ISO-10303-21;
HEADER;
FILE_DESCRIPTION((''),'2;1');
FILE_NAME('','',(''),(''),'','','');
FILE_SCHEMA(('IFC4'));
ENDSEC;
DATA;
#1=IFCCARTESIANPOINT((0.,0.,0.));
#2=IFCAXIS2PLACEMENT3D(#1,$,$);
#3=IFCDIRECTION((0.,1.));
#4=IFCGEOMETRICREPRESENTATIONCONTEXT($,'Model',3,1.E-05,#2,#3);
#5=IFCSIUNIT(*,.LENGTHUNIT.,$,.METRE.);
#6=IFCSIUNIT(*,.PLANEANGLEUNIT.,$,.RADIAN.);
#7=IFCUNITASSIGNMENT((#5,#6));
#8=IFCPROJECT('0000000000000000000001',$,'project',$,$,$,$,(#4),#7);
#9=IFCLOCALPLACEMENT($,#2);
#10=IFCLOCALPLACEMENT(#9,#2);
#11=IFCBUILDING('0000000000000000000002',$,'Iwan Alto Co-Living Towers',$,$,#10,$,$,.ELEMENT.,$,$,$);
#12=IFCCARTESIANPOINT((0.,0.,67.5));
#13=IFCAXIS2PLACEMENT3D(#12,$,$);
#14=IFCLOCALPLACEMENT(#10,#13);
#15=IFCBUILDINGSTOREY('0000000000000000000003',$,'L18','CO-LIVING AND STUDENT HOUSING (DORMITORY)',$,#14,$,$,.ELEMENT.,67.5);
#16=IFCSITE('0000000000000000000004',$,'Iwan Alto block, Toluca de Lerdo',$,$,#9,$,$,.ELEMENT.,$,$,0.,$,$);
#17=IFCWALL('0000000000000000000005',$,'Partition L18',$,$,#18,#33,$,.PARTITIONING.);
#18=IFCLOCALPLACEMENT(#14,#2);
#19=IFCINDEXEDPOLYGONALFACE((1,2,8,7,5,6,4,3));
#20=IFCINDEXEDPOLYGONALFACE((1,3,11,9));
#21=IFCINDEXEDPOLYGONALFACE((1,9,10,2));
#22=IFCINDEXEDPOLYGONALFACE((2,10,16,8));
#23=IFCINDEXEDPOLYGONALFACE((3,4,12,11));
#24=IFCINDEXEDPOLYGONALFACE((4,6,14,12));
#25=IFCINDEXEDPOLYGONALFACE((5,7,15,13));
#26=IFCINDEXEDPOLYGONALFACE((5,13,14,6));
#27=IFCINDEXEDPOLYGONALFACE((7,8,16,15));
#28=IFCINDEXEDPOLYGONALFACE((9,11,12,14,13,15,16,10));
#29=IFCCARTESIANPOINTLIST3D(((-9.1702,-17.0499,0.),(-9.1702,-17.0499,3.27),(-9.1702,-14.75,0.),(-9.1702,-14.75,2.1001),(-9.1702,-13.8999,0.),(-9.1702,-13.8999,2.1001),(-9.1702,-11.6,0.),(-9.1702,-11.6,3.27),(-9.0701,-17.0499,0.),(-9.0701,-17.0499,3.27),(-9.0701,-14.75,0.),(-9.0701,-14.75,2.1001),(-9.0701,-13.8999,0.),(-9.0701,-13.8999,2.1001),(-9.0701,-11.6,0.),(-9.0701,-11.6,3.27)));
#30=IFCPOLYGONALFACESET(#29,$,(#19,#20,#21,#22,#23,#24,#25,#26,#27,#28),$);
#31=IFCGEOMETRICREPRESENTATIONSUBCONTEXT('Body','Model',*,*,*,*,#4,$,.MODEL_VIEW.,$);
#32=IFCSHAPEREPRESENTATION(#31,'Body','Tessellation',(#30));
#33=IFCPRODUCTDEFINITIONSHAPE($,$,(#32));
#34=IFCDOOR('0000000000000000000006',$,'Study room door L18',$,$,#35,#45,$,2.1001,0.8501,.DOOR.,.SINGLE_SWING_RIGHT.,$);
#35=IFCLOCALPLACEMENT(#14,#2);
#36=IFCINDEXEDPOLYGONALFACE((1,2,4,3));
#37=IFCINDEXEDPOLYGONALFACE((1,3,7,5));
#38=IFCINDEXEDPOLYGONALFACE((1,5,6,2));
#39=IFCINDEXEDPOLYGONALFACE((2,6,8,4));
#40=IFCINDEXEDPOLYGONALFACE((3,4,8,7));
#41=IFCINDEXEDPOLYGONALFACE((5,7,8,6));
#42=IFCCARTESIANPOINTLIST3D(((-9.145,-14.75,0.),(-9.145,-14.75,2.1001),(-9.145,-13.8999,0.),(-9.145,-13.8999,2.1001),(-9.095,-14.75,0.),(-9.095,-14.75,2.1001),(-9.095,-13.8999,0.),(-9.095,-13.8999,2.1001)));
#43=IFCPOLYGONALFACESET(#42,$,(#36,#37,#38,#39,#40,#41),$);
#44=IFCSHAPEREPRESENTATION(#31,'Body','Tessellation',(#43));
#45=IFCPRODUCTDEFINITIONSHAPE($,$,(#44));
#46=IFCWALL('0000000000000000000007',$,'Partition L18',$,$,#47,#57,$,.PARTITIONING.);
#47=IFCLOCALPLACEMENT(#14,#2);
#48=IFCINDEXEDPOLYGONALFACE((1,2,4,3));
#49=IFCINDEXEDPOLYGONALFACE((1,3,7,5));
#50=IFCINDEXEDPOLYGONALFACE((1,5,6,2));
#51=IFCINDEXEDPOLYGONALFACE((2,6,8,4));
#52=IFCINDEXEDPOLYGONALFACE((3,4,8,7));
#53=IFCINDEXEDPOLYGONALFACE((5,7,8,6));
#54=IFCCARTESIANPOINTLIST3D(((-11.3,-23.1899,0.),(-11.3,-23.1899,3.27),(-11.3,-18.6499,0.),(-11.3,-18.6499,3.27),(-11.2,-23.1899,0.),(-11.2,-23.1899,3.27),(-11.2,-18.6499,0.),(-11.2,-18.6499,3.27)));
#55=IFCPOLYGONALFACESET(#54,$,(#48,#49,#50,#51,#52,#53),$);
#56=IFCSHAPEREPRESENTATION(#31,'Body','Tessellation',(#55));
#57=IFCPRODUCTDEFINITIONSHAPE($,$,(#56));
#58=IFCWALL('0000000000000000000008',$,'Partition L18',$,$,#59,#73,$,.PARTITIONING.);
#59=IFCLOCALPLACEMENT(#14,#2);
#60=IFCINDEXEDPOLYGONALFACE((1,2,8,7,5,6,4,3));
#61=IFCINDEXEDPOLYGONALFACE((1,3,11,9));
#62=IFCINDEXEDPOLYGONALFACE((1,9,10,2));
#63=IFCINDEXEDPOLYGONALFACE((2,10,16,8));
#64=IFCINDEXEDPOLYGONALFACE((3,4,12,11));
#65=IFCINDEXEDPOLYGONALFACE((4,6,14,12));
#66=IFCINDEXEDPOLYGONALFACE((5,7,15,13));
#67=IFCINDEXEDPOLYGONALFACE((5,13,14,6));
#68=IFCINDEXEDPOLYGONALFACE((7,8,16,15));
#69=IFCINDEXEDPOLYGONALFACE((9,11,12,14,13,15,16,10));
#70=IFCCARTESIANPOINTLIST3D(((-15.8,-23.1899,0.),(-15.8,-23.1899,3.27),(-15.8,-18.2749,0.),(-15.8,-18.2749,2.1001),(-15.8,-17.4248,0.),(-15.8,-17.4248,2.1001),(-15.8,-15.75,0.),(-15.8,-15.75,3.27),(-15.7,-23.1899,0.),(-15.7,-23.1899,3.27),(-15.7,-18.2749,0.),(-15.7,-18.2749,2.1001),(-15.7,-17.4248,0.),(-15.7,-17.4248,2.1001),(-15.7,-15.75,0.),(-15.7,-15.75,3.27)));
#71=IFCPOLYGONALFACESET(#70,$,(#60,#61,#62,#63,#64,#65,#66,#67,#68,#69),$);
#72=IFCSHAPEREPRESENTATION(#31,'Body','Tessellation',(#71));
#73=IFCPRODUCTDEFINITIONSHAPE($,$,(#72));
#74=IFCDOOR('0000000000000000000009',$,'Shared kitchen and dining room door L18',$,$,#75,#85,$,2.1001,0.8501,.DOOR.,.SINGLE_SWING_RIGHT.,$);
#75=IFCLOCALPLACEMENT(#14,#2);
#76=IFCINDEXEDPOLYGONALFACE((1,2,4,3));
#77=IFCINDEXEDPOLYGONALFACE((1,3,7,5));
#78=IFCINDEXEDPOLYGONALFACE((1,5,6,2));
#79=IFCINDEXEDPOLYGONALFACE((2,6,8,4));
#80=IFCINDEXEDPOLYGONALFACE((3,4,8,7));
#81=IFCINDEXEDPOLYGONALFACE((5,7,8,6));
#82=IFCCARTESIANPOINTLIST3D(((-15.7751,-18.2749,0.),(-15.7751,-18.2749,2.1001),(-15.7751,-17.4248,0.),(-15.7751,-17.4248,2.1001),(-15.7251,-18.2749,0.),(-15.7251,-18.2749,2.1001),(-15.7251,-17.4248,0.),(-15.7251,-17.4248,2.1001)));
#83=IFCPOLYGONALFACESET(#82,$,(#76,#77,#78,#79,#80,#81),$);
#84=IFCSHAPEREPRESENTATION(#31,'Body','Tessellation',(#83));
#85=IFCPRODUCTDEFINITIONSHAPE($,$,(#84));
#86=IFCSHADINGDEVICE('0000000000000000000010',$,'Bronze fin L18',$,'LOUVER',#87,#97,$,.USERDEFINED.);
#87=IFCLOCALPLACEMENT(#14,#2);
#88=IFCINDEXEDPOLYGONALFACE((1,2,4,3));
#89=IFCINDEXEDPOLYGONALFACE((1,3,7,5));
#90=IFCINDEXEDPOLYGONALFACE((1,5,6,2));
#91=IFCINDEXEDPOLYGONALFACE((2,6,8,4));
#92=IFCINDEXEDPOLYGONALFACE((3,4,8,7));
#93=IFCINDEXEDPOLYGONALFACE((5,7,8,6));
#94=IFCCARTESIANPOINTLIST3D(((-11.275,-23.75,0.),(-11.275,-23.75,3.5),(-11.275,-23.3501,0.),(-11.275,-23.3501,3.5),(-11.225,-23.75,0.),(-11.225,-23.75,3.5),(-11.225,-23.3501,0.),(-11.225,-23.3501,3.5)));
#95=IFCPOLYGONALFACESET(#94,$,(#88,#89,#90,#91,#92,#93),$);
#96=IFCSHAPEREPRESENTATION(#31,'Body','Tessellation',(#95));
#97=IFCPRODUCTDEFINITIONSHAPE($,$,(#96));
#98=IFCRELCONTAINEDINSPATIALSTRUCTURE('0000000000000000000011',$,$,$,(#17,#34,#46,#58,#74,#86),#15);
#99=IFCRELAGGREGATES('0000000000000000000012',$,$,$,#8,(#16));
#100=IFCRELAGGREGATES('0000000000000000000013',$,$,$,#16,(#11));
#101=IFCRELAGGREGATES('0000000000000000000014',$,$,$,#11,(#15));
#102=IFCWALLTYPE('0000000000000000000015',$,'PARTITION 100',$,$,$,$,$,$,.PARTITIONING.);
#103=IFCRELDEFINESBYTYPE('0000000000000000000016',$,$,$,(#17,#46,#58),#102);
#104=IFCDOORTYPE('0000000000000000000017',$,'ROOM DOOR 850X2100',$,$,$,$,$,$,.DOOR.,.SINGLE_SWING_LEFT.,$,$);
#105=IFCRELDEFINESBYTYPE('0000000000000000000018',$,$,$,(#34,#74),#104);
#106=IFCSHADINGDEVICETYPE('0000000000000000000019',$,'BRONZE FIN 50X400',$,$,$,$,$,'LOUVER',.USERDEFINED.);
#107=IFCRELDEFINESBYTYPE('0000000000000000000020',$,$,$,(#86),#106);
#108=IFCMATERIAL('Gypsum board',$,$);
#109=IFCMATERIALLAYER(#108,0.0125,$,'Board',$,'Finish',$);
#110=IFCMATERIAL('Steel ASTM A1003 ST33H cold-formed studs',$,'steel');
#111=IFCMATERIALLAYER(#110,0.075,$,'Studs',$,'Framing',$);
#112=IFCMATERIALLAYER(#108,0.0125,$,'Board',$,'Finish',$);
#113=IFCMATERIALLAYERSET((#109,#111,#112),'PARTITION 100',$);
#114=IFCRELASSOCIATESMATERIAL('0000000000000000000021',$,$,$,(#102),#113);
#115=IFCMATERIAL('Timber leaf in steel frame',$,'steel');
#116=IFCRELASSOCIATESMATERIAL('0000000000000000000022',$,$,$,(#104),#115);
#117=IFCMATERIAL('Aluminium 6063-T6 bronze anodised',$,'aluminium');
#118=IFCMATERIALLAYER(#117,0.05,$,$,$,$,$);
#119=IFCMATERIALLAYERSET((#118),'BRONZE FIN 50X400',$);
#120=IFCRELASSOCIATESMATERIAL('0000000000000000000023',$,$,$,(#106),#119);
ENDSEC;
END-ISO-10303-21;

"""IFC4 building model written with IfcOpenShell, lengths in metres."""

from ifc_helpers import new_model, si_unit, direction, frame, frame_2d, origin, origin_2d, place, context, subcontext, project, spatial, rectangle, extrude, material, layer, layer_set, type_object, element, fill, save


model = new_model("IFC4")

# Units and contexts
model_context = context("Model", 3, precision=1e-05, world=origin(), true_north=direction((0.0, 1.0)))
body_context = subcontext(model_context, "Body", "Model", "MODEL_VIEW")
ifc_project = project(units=[si_unit("LENGTHUNIT", "METRE"), si_unit("PLANEANGLEUNIT", "RADIAN")], contexts=[model_context])

# Site, building, storey
site_placement = place(None, origin())
site = spatial("IfcSite", under=ifc_project, at=site_placement, Name="Iwan Alto block, Toluca de Lerdo", CompositionType="ELEMENT", RefElevation=0.0)
building_placement = place(site_placement, origin())
building = spatial("IfcBuilding", under=site, at=building_placement, Name="Iwan Alto Co-Living Towers", CompositionType="ELEMENT")
storey_placement = place(building_placement, frame((0.0, 0.0, 67.5)))
storey = spatial("IfcBuildingStorey", under=building, at=storey_placement, Name="L18", Description="CO-LIVING AND STUDENT HOUSING (DORMITORY)", CompositionType="ELEMENT", Elevation=67.5)

# Shared definitions
ifc_material_1 = material(Name="Gypsum board")
ifc_layer_1 = layer(ifc_material_1, 0.0125, Name="Board", Category="Finish")
ifc_material_2 = material(Name="Steel ASTM A1003 ST33H cold-formed studs", Category="steel")
ifc_layer_2 = layer(ifc_material_2, 0.075, Name="Studs", Category="Framing")
ifc_layer_3 = layer(ifc_material_1, 0.0125, Name="Board", Category="Finish")
ifc_layer_set_1 = layer_set([ifc_layer_1, ifc_layer_2, ifc_layer_3], Name="PARTITION 100")
wall_type = type_object("IfcWallType", Name="PARTITION 100", PredefinedType="PARTITIONING", material=ifc_layer_set_1)

# Wall, opening, door
wall_1_placement = place(storey_placement, frame((-9.1201, -17.05, 0.0), z_axis=(0.0, 0.0, 1.0), x_axis=(0.0, 1.0, 0.0)))
wall_1 = element("IfcWall", 1, at=wall_1_placement, inside=storey, type_object=wall_type, Name="Partition L18", PredefinedType="PARTITIONING", context=body_context, shape_type="SweptSolid", body=[
    extrude(rectangle(XDim=5.45, YDim=0.1001, at=frame_2d((2.7251, 0.0))), origin(), (0.0, 0.0, 1.0), 3.27),
])
opening_1_placement = place(wall_1_placement, frame((2.3, 0.0, 0.0)))
opening_1 = element("IfcOpeningElement", 2, at=opening_1_placement, cuts=wall_1, PredefinedType="OPENING", context=body_context, shape_type="SweptSolid", body=[
    extrude(rectangle(XDim=0.8501, YDim=2.1001, at=frame_2d((0.425, 1.05))), frame((0.0, 0.0601, 0.0), z_axis=(0.0, -1.0, 0.0), x_axis=(1.0, 0.0, 0.0)), (0.0, 0.0, 1.0), 0.1201),
])
ifc_material_3 = material(Name="Timber leaf in steel frame", Category="steel")
door_type_1 = type_object("IfcDoorType", Name="ROOM DOOR 850X2100", OperationType="SINGLE_SWING_LEFT", PredefinedType="DOOR", material=ifc_material_3)
door_1_placement = place(opening_1_placement, origin())
door_1 = element("IfcDoor", 3, at=door_1_placement, inside=storey, type_object=door_type_1, Name="Study room door L18", OperationType="SINGLE_SWING_RIGHT", OverallHeight=2.1001, OverallWidth=0.8501, PredefinedType="DOOR", context=body_context, shape_type="SweptSolid", body=[
    extrude(rectangle(XDim=0.8501, YDim=2.1001, at=frame_2d((0.425, 1.05))), frame((0.0, 0.0249, 0.0), z_axis=(0.0, -1.0, 0.0), x_axis=(1.0, 0.0, 0.0)), (0.0, 0.0, 1.0), 0.05),
])
fill(opening_1, door_1)

# Wall
wall_2_placement = place(storey_placement, frame((-11.25, -23.1899, 0.0), z_axis=(0.0, 0.0, 1.0), x_axis=(0.0, 1.0, 0.0)))
element("IfcWall", 4, at=wall_2_placement, inside=storey, type_object=wall_type, Name="Partition L18", PredefinedType="PARTITIONING", context=body_context, shape_type="SweptSolid", body=[
    extrude(rectangle(XDim=4.54, YDim=0.1001, at=frame_2d((2.27, 0.0))), origin(), (0.0, 0.0, 1.0), 3.27),
])

# Wall, opening, door
wall_3_placement = place(storey_placement, frame((-15.75, -23.1899, 0.0), z_axis=(0.0, 0.0, 1.0), x_axis=(0.0, 1.0, 0.0)))
wall_3 = element("IfcWall", 5, at=wall_3_placement, inside=storey, type_object=wall_type, Name="Partition L18", PredefinedType="PARTITIONING", context=body_context, shape_type="SweptSolid", body=[
    extrude(rectangle(XDim=7.4399, YDim=0.1001, at=frame_2d((3.72, 0.0))), origin(), (0.0, 0.0, 1.0), 3.27),
])
opening_2_placement = place(wall_3_placement, frame((4.915, 0.0, 0.0)))
opening_2 = element("IfcOpeningElement", 6, at=opening_2_placement, cuts=wall_3, PredefinedType="OPENING", context=body_context, shape_type="SweptSolid", body=[
    extrude(rectangle(XDim=0.8501, YDim=2.1001, at=frame_2d((0.425, 1.05))), frame((0.0, 0.0601, 0.0), z_axis=(0.0, -1.0, 0.0), x_axis=(1.0, 0.0, 0.0)), (0.0, 0.0, 1.0), 0.1201),
])
door_2_placement = place(opening_2_placement, frame((0.8501, 0.0, 0.0), z_axis=(0.0, 0.0, 1.0), x_axis=(-1.0, 0.0, 0.0)))
door_2 = element("IfcDoor", 7, at=door_2_placement, inside=storey, type_object=door_type_1, Name="Shared kitchen and dining room door L18", OperationType="SINGLE_SWING_RIGHT", OverallHeight=2.1001, OverallWidth=0.8501, PredefinedType="DOOR", context=body_context, shape_type="SweptSolid", body=[
    extrude(rectangle(XDim=0.8501, YDim=2.1001, at=frame_2d((0.425, 1.05))), frame((0.0, 0.0249, 0.0), z_axis=(0.0, -1.0, 0.0), x_axis=(1.0, 0.0, 0.0)), (0.0, 0.0, 1.0), 0.05),
])
fill(opening_2, door_2)

# Shading device
ifc_material_4 = material(Name="Aluminium 6063-T6 bronze anodised", Category="aluminium")
ifc_layer_4 = layer(ifc_material_4, 0.05)
ifc_layer_set_2 = layer_set([ifc_layer_4], Name="BRONZE FIN 50X400")
shading_device_type = type_object("IfcShadingDeviceType", Name="BRONZE FIN 50X400", ElementType="LOUVER", PredefinedType="USERDEFINED", material=ifc_layer_set_2)
shading_device_placement = place(storey_placement, frame((-11.25, -23.55, 0.0), z_axis=(0.0, 0.0, 1.0), x_axis=(1.0, 0.0, 0.0)))
element("IfcShadingDevice", 8, at=shading_device_placement, inside=storey, type_object=shading_device_type, Name="Bronze fin L18", ObjectType="LOUVER", PredefinedType="USERDEFINED", context=body_context, shape_type="SweptSolid", body=[
    extrude(rectangle(XDim=0.05, YDim=0.3999, at=origin_2d()), origin(), (0.0, 0.0, 1.0), 3.5),
])

save(model, "model.ifc")
